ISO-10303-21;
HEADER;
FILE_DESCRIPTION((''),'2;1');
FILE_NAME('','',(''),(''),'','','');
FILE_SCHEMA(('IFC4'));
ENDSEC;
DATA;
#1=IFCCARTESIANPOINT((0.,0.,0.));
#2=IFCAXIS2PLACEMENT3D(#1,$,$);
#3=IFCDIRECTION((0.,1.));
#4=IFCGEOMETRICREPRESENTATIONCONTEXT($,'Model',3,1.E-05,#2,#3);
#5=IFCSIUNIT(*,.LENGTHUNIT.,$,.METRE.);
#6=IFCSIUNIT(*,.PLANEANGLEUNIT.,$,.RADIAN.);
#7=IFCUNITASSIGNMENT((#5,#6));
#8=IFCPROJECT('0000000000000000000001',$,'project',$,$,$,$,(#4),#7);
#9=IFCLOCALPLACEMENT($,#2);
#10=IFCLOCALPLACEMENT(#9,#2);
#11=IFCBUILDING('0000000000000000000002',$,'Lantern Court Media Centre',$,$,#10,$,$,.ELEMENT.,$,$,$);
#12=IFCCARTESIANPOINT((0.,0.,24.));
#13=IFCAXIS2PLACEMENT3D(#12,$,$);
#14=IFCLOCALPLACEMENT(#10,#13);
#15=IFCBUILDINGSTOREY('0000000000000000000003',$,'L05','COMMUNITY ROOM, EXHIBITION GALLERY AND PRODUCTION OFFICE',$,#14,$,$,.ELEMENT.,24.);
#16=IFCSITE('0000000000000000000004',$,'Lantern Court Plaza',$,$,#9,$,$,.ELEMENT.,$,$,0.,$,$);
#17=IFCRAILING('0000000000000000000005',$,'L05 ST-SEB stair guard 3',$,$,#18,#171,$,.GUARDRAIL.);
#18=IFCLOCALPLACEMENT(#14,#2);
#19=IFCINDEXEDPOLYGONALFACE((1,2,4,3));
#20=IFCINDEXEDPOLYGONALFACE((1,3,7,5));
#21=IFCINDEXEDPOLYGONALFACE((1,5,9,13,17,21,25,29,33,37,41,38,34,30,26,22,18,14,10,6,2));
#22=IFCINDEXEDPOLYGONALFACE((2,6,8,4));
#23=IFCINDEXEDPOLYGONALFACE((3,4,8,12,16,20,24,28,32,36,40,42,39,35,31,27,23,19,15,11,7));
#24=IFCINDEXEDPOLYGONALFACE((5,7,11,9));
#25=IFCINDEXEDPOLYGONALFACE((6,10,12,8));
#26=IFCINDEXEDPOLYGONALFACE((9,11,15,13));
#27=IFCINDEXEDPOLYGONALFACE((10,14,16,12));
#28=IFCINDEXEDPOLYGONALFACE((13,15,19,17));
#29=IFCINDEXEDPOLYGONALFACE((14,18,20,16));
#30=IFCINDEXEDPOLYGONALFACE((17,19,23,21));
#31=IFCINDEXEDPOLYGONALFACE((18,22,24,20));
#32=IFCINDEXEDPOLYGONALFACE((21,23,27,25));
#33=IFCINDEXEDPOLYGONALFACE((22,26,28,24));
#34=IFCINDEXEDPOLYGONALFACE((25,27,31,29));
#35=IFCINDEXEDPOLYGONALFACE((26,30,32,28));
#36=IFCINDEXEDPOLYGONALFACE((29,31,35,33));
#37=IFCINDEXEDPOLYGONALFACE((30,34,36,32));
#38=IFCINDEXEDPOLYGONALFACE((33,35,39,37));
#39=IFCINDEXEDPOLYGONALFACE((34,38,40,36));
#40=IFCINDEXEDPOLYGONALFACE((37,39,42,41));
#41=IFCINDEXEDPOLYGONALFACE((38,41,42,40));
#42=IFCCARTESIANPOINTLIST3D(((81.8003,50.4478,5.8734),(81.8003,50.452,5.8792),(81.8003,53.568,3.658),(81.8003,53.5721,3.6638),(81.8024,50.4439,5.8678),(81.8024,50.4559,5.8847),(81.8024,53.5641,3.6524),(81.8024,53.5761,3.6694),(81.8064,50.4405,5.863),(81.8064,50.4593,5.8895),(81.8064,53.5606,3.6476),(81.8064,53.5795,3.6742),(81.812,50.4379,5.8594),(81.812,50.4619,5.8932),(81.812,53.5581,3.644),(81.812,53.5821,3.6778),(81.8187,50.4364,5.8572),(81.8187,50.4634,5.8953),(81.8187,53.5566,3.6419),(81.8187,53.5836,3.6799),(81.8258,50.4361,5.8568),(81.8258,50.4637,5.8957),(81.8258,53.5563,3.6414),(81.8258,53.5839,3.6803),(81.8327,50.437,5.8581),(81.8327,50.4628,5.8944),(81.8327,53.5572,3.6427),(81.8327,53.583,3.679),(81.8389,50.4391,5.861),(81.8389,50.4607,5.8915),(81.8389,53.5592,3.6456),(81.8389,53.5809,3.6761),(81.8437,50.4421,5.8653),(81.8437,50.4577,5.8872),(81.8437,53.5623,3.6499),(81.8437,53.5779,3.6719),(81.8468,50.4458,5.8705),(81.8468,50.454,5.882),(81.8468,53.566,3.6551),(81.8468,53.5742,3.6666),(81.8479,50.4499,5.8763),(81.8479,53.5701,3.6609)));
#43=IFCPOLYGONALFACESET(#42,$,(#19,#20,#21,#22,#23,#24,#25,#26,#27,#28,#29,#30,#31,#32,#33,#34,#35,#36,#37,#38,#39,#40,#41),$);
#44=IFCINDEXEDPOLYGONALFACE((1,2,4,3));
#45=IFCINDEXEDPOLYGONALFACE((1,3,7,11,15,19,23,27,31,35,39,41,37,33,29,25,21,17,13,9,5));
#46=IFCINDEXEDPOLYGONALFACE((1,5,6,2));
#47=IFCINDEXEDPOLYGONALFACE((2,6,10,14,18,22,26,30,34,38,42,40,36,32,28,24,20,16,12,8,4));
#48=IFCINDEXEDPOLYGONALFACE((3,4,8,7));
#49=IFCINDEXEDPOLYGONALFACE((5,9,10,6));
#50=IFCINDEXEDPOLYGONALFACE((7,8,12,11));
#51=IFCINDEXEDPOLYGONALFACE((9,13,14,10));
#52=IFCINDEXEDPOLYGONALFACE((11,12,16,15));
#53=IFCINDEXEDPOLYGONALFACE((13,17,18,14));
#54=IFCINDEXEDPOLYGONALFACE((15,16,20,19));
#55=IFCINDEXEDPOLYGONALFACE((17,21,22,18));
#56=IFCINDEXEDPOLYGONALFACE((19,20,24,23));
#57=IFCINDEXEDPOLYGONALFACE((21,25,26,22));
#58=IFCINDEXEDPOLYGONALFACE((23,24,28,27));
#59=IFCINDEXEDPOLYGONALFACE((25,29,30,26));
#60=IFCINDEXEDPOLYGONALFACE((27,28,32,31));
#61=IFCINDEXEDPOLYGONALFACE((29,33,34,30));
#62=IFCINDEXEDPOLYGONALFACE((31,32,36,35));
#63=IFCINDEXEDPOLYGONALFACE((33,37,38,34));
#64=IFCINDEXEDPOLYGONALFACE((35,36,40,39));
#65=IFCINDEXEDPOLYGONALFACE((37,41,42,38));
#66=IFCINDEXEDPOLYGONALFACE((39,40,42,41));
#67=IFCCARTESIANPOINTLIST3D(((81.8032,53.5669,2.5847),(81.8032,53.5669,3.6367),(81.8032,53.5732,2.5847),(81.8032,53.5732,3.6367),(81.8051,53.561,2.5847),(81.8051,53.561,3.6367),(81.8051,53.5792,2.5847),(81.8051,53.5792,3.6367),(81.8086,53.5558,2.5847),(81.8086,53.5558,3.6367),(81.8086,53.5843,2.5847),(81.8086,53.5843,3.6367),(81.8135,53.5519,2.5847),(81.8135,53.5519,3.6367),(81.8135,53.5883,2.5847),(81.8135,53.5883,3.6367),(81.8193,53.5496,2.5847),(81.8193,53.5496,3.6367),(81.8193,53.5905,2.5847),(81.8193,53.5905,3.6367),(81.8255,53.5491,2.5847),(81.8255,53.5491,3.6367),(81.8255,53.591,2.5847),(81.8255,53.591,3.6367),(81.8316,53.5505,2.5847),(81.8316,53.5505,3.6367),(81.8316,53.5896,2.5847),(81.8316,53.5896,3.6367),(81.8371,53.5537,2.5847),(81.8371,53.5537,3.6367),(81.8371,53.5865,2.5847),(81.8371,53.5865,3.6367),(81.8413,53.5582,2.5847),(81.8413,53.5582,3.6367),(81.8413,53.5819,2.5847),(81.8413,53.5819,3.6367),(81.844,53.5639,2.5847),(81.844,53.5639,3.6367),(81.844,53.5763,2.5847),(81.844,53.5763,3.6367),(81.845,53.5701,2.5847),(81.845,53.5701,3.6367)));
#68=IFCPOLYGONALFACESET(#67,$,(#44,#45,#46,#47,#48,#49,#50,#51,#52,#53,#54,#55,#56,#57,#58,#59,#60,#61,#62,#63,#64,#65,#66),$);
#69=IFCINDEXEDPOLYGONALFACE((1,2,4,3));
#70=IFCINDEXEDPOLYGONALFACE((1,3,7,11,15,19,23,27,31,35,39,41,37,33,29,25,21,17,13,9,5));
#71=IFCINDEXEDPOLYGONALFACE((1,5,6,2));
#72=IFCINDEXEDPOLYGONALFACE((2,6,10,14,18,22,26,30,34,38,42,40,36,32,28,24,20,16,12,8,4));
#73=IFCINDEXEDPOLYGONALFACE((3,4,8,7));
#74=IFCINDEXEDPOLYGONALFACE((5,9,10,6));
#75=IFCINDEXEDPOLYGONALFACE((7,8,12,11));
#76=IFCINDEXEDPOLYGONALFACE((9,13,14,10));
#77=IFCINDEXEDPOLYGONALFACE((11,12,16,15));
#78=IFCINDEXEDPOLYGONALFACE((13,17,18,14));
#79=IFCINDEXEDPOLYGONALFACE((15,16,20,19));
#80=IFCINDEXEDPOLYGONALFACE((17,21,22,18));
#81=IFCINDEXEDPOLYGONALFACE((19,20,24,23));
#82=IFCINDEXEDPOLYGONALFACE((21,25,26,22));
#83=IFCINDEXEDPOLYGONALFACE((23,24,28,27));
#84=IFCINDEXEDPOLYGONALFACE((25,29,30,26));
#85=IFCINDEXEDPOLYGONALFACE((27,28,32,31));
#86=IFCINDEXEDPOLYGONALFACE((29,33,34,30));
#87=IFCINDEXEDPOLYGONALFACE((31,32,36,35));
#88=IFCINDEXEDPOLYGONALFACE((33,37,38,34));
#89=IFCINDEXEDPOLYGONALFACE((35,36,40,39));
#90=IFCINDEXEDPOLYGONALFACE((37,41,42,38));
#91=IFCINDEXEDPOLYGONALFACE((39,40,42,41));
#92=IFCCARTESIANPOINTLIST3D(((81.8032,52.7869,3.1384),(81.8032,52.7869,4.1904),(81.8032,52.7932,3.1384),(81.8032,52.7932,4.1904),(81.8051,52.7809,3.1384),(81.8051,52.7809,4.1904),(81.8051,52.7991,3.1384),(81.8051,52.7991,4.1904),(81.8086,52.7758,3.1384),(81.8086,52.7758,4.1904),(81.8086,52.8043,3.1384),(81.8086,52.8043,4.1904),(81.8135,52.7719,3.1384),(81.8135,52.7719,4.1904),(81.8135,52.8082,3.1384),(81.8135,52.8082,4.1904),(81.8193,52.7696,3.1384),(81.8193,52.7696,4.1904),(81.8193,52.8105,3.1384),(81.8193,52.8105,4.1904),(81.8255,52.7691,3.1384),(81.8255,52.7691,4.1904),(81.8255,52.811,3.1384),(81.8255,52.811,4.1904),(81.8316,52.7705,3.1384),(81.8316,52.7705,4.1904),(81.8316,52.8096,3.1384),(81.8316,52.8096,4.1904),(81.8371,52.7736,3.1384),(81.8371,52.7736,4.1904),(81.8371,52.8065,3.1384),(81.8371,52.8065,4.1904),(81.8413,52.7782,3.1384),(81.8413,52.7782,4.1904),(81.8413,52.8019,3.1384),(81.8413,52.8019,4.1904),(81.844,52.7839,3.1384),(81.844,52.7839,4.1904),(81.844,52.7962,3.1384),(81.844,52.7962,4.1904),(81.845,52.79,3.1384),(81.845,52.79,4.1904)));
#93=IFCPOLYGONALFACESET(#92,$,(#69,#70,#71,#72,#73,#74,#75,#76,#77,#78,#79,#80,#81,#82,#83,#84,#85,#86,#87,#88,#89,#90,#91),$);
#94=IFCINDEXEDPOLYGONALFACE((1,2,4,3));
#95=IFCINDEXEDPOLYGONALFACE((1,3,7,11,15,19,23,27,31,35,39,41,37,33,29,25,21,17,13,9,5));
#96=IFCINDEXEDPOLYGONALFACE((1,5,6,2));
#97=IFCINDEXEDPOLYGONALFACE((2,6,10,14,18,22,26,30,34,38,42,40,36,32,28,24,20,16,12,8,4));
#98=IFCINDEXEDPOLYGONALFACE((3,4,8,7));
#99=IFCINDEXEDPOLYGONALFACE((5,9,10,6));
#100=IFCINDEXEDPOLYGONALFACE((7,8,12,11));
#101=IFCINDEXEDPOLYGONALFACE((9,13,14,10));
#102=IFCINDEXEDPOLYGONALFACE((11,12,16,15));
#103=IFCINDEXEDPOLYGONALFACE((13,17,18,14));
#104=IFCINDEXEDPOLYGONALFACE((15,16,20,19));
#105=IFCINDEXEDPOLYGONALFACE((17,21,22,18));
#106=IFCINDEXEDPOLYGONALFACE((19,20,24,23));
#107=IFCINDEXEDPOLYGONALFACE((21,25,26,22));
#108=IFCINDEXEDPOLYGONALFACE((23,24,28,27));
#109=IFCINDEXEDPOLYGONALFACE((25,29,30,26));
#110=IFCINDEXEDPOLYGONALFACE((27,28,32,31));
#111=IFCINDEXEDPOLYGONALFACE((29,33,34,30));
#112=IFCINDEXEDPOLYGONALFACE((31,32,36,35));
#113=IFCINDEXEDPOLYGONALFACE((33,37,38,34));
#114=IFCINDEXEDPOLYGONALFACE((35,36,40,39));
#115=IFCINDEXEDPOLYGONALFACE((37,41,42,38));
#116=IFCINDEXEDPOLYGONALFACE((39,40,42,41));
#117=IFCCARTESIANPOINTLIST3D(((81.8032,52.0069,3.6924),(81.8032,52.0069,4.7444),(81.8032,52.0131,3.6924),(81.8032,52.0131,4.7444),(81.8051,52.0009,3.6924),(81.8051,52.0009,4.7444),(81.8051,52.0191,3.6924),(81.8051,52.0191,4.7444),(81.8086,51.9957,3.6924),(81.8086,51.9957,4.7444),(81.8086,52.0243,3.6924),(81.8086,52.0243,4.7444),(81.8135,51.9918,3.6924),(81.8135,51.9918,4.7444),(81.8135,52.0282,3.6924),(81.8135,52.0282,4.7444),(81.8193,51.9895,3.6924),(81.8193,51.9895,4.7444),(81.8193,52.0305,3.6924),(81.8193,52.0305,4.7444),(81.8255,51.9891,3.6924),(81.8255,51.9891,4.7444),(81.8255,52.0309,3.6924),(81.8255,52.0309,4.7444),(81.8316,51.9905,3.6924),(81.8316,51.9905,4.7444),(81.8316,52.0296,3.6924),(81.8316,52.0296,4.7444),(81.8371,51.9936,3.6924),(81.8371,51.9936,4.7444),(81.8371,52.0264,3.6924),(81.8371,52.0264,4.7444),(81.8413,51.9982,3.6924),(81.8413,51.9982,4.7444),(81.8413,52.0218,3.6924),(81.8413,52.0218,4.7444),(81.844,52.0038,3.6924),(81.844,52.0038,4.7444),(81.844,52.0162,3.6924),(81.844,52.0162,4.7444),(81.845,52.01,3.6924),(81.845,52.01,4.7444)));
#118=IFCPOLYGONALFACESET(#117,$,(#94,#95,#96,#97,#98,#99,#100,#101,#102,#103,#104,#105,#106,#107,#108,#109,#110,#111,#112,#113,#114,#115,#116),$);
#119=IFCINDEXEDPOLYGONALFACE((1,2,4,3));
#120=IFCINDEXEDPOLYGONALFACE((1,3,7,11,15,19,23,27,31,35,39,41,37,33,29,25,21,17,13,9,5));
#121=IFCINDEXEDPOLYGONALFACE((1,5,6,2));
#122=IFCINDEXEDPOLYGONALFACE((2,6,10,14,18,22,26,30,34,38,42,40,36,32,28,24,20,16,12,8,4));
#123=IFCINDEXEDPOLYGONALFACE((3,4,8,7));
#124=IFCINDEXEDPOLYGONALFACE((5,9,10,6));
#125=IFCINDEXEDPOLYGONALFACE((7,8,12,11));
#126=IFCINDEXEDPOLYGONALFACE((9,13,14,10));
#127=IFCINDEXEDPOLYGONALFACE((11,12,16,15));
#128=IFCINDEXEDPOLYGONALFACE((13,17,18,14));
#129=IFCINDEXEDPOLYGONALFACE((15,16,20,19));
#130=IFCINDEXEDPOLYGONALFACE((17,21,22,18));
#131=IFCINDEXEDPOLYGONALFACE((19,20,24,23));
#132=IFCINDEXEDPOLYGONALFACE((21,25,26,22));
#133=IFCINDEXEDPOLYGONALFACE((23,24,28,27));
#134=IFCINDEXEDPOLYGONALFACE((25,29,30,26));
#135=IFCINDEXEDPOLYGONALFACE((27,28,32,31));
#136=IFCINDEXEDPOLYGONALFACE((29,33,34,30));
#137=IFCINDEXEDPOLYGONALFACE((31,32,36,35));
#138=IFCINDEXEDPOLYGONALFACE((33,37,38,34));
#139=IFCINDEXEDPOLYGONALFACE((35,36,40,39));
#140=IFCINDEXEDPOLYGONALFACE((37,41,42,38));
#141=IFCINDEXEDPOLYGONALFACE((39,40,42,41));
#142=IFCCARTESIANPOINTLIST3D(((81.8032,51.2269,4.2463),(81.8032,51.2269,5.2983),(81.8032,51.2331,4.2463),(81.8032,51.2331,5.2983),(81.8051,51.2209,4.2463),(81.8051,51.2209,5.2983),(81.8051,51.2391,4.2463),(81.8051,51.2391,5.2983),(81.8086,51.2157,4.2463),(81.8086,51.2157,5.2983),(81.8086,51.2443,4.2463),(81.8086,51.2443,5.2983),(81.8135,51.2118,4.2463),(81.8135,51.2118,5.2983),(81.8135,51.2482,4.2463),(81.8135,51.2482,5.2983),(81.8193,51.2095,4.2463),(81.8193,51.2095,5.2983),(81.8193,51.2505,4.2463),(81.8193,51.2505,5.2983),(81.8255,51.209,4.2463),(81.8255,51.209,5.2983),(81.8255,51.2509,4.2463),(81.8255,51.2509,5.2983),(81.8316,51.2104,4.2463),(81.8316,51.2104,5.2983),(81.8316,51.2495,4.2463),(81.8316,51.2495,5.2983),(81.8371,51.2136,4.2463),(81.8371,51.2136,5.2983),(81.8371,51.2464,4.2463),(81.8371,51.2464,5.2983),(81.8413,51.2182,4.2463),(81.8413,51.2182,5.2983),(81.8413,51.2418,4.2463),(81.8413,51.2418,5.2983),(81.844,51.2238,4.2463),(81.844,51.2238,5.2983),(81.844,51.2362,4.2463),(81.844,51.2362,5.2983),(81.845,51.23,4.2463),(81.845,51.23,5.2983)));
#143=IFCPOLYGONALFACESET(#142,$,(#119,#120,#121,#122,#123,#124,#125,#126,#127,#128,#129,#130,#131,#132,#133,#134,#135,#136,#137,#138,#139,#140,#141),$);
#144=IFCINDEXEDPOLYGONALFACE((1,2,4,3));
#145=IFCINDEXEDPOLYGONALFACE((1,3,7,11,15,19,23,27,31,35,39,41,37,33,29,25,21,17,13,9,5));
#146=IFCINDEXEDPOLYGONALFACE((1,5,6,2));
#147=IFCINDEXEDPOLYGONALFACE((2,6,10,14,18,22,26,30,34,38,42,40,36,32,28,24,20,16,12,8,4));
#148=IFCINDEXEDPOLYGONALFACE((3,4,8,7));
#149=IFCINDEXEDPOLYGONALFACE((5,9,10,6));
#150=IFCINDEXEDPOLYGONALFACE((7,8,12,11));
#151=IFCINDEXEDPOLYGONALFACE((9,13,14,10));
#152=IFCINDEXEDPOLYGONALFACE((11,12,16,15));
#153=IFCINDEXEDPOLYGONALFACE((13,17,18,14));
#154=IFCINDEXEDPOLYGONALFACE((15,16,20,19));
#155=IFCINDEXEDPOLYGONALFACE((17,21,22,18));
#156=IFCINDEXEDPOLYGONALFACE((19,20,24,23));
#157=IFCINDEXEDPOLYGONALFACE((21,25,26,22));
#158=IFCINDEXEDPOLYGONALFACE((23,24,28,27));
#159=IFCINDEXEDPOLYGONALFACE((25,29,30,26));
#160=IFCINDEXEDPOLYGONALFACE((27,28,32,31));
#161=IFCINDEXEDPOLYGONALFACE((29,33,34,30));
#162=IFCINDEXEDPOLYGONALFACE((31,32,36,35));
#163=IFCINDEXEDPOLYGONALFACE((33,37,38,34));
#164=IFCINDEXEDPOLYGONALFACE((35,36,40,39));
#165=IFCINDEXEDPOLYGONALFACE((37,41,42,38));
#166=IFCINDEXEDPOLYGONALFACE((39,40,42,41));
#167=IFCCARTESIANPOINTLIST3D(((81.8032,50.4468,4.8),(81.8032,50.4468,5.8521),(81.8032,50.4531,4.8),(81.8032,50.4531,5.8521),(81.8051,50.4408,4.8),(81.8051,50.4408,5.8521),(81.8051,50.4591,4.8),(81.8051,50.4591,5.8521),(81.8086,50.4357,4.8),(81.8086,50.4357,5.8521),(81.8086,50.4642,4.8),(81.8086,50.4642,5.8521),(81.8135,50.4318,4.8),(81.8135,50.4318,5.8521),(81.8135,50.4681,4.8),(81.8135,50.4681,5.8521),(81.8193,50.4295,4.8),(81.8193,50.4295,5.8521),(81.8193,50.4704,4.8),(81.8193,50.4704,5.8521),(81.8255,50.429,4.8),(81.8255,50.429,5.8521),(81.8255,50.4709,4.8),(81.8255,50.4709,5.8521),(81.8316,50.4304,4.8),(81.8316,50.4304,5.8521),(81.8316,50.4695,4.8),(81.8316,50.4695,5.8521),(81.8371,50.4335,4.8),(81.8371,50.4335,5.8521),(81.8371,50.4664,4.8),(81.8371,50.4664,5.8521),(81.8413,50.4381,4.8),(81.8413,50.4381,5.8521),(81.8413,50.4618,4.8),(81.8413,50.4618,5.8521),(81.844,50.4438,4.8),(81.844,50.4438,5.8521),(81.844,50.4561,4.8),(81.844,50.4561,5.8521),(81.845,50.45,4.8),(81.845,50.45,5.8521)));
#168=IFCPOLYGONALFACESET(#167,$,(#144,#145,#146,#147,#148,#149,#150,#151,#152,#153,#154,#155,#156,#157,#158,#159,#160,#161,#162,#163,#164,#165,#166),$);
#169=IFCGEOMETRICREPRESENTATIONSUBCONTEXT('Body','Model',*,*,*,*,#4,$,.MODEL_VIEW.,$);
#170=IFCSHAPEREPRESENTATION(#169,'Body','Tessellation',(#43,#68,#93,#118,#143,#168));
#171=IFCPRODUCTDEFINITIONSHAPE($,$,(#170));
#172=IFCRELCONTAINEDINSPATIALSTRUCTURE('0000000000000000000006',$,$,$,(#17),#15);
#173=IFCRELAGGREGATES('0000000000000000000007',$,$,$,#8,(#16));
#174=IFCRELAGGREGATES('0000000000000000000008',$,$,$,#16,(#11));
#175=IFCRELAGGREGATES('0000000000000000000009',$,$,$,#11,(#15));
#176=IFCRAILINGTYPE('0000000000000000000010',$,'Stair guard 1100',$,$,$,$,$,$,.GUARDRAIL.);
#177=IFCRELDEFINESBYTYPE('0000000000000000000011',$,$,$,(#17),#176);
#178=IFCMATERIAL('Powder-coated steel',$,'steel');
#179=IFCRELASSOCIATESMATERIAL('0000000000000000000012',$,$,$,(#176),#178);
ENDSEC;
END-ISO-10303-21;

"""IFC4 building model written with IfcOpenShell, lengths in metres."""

from ifc_helpers import new_model, si_unit, direction, frame, origin, origin_2d, place, context, subcontext, project, spatial, circle, extrude, material, type_object, element, save


model = new_model("IFC4")

# Units and contexts
model_context = context("Model", 3, precision=1e-05, world=origin(), true_north=direction((0.0, 1.0)))
body_context = subcontext(model_context, "Body", "Model", "MODEL_VIEW")
ifc_project = project(units=[si_unit("LENGTHUNIT", "METRE"), si_unit("PLANEANGLEUNIT", "RADIAN")], contexts=[model_context])

# Site, building, storey
site_placement = place(None, origin())
site = spatial("IfcSite", under=ifc_project, at=site_placement, Name="Lantern Court Plaza", CompositionType="ELEMENT", RefElevation=0.0)
building_placement = place(site_placement, origin())
building = spatial("IfcBuilding", under=site, at=building_placement, Name="Lantern Court Media Centre", CompositionType="ELEMENT")
storey_placement = place(building_placement, frame((0.0, 0.0, 24.0)))
storey = spatial("IfcBuildingStorey", under=building, at=storey_placement, Name="L05", Description="COMMUNITY ROOM, EXHIBITION GALLERY AND PRODUCTION OFFICE", CompositionType="ELEMENT", Elevation=24.0)

# Railing
ifc_material_1 = material(Name="Powder-coated steel", Category="steel")
railing_type_1 = type_object("IfcRailingType", Name="Stair guard 1100", PredefinedType="GUARDRAIL", material=ifc_material_1)
railing_1_placement = place(storey_placement, frame((81.824, 53.5701, 2.5847)))
element("IfcRailing", 1, at=railing_1_placement, inside=storey, type_object=railing_type_1, Name="L05 ST-SEB stair guard 3", PredefinedType="GUARDRAIL", context=body_context, shape_type="SweptSolid", body=[
    extrude(circle(Radius=0.0239, at=origin_2d()), frame((0.0, 0.0, 1.0762), z_axis=(0.0, -0.815377, 0.57893), x_axis=(1.0, 0.0, 0.0)), (0.0, 0.0, 1.0), 3.8267),
    extrude(circle(Radius=0.021, at=origin_2d()), origin(), (0.0, 0.0, 1.0), 1.052),
    extrude(circle(Radius=0.021, at=origin_2d()), frame((0.0, -0.78, 0.5537)), (0.0, 0.0, 1.0), 1.052),
    extrude(circle(Radius=0.021, at=origin_2d()), frame((0.0, -1.5601, 1.1077)), (0.0, 0.0, 1.0), 1.052),
    extrude(circle(Radius=0.021, at=origin_2d()), frame((0.0, -2.3401, 1.6616)), (0.0, 0.0, 1.0), 1.052),
    extrude(circle(Radius=0.021, at=origin_2d()), frame((0.0, -3.1201, 2.2153)), (0.0, 0.0, 1.0), 1.052),
])

save(model, "model.ifc")
